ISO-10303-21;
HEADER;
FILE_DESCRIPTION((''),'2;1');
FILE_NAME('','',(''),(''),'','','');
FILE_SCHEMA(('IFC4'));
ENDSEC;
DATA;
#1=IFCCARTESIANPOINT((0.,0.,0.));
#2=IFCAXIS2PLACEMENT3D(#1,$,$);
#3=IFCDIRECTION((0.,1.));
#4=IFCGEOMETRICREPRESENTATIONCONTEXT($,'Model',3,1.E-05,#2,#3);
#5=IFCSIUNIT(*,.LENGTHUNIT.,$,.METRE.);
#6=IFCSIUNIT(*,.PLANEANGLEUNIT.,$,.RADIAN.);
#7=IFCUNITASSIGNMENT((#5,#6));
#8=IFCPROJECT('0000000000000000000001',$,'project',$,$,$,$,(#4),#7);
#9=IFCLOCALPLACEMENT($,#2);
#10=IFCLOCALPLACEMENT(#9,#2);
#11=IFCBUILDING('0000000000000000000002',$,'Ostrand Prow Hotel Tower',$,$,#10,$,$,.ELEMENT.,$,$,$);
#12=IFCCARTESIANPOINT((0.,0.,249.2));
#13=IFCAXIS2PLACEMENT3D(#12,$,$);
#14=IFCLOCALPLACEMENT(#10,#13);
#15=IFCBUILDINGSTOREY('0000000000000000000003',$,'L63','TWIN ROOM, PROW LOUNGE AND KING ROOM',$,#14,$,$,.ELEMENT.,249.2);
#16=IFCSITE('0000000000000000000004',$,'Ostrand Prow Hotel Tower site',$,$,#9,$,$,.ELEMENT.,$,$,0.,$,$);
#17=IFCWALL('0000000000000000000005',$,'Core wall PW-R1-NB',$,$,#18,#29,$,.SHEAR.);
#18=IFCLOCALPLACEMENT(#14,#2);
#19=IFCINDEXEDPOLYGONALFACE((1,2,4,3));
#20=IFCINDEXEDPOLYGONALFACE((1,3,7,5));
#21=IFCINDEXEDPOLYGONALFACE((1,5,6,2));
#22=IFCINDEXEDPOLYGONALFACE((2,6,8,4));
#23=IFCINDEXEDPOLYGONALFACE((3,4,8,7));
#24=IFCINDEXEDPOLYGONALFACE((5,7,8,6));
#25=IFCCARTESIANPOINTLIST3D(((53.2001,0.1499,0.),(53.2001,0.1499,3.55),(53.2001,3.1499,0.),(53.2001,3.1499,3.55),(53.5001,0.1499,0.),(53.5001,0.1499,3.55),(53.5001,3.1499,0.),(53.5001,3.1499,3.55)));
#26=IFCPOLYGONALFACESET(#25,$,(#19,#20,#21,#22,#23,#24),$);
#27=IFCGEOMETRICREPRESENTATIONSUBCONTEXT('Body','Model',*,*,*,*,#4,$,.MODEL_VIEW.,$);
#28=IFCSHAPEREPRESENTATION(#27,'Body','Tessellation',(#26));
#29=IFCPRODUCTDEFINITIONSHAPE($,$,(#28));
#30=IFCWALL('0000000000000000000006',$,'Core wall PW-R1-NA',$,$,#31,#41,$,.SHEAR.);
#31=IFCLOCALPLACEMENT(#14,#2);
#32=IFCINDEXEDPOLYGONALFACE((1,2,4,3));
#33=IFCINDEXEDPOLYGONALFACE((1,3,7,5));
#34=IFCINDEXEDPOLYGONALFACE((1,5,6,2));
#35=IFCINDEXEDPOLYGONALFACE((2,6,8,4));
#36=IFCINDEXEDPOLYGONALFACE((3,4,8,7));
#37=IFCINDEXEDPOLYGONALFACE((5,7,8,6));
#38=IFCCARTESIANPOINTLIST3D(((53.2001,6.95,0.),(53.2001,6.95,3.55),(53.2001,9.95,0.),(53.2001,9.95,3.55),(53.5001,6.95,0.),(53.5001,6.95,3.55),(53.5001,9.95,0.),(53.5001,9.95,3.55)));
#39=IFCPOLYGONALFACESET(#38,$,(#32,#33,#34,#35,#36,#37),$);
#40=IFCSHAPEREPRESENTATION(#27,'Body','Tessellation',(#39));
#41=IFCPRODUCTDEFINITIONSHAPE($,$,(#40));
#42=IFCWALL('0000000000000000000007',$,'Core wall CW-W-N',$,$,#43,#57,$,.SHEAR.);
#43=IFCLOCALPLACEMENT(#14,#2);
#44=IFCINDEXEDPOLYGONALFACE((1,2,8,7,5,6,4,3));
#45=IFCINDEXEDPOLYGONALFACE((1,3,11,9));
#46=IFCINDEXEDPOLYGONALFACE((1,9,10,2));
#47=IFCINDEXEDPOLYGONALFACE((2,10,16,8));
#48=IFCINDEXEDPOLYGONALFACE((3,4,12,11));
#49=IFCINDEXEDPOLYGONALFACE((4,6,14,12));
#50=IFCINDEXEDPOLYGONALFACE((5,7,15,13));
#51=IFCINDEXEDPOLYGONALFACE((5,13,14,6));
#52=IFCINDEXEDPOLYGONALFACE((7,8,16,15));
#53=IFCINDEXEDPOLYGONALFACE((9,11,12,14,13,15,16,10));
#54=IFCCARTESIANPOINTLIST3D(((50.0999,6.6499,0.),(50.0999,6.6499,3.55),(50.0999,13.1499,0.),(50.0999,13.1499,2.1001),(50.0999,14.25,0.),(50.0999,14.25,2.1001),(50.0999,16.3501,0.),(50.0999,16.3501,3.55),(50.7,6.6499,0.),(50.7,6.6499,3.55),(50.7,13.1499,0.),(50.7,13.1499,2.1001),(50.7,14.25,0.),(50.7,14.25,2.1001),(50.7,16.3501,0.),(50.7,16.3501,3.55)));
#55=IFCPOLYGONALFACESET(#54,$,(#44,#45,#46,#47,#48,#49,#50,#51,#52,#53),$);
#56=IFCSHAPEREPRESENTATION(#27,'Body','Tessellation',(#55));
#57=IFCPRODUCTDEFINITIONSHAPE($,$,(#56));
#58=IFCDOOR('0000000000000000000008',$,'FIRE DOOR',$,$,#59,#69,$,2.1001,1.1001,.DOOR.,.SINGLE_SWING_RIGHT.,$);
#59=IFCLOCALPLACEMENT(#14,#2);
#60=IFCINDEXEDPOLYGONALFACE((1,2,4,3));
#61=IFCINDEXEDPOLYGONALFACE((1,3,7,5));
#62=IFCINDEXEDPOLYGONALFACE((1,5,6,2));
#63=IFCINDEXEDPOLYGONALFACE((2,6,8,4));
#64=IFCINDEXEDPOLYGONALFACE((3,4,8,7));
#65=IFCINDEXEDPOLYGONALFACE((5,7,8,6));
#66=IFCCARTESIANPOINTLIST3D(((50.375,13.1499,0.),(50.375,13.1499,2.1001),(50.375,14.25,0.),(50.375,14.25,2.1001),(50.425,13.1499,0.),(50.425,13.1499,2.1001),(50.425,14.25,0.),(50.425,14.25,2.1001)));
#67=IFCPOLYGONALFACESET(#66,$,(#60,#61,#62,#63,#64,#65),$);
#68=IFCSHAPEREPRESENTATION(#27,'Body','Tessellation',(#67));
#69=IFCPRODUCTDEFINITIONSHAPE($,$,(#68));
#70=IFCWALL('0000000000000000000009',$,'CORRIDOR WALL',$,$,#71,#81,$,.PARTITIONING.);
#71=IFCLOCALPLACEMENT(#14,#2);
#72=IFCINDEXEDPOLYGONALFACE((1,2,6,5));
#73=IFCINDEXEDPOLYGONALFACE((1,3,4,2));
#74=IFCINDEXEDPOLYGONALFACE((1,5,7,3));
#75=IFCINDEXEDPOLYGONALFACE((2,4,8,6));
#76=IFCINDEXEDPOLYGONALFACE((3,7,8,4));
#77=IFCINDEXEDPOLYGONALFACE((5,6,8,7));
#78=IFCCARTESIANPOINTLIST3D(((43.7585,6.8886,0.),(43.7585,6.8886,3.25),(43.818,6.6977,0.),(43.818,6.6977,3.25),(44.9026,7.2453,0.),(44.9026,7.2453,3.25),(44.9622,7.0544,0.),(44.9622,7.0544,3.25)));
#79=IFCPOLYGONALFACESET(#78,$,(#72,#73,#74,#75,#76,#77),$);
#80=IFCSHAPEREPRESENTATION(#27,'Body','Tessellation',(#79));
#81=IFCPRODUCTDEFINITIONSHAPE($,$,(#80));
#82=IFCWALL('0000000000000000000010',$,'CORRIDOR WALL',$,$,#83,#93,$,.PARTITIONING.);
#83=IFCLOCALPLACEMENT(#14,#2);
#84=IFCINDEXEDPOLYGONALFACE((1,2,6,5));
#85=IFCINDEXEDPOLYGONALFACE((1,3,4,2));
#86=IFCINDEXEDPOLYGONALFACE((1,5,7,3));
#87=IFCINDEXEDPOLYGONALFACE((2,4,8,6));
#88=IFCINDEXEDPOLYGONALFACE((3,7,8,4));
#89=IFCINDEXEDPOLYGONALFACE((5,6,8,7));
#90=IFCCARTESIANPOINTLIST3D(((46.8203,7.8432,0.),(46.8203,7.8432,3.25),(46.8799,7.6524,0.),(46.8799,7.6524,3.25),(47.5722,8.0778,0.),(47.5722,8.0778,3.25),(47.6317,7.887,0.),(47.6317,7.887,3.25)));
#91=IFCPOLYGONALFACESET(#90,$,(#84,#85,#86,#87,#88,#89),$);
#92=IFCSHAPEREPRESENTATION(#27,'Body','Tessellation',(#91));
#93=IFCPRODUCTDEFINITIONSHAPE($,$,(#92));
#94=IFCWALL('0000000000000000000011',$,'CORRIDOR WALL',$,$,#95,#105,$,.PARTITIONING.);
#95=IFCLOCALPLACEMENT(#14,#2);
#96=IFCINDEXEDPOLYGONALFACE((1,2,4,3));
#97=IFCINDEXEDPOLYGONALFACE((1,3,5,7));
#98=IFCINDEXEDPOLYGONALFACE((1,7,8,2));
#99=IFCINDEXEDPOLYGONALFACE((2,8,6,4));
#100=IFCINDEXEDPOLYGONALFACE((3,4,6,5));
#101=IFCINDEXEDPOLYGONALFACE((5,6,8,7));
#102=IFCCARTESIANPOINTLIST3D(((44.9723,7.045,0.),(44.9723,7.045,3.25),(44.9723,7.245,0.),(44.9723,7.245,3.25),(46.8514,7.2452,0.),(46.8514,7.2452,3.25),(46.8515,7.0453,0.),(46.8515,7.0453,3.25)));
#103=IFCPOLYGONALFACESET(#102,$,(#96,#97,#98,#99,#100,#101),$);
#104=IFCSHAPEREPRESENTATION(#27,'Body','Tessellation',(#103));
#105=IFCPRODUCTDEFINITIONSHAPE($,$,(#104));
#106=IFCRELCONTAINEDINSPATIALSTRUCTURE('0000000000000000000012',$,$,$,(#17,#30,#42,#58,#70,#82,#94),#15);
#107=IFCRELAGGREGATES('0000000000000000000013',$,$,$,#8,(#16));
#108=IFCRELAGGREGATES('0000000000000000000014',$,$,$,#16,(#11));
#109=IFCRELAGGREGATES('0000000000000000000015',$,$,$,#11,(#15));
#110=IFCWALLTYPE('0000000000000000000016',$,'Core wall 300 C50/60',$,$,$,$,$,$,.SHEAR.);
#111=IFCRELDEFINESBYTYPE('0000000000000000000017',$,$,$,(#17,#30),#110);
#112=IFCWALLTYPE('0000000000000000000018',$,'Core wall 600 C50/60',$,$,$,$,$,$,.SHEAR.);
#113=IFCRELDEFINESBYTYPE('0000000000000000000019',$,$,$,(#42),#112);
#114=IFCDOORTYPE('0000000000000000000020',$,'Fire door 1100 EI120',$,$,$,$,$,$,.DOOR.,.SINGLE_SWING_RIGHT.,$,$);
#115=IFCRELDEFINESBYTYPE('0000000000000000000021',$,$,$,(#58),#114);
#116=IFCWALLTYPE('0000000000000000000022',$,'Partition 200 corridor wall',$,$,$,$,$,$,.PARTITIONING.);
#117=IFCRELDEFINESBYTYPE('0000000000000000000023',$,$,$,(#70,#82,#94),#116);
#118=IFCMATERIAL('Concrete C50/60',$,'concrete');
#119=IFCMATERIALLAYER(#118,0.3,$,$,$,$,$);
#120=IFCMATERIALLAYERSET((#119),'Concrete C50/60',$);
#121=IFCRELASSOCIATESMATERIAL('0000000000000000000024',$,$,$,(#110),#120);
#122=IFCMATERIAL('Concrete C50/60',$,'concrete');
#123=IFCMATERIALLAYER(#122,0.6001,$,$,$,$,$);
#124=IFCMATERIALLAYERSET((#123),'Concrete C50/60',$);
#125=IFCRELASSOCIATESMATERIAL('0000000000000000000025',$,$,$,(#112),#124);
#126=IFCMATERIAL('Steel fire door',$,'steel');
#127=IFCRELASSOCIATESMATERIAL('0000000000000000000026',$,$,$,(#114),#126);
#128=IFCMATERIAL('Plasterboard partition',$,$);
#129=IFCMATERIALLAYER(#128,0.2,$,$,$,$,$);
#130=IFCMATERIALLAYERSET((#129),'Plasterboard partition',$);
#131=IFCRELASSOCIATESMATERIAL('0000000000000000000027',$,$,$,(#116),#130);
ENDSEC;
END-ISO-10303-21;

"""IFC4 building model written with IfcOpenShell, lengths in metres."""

from ifc_helpers import new_model, si_unit, direction, frame, frame_2d, origin, place, context, subcontext, project, spatial, rectangle, extrude, material, layer, layer_set, type_object, element, fill, save


model = new_model("IFC4")

# Units and contexts
model_context = context("Model", 3, precision=1e-05, world=origin(), true_north=direction((0.0, 1.0)))
body_context = subcontext(model_context, "Body", "Model", "MODEL_VIEW")
ifc_project = project(units=[si_unit("LENGTHUNIT", "METRE"), si_unit("PLANEANGLEUNIT", "RADIAN")], contexts=[model_context])

# Site, building, storey
site_placement = place(None, origin())
site = spatial("IfcSite", under=ifc_project, at=site_placement, Name="Ostrand Prow Hotel Tower site", CompositionType="ELEMENT", RefElevation=0.0)
building_placement = place(site_placement, origin())
building = spatial("IfcBuilding", under=site, at=building_placement, Name="Ostrand Prow Hotel Tower", CompositionType="ELEMENT")
storey_placement = place(building_placement, frame((0.0, 0.0, 249.2)))
storey = spatial("IfcBuildingStorey", under=building, at=storey_placement, Name="L63", Description="TWIN ROOM, PROW LOUNGE AND KING ROOM", CompositionType="ELEMENT", Elevation=249.2)

# Shared definitions
ifc_material_1 = material(Name="Concrete C50/60", Category="concrete")
ifc_layer_1 = layer(ifc_material_1, 0.3)
ifc_layer_set_1 = layer_set([ifc_layer_1], Name="Concrete C50/60")
wall_type_1 = type_object("IfcWallType", Name="Core wall 300 C50/60", PredefinedType="SHEAR", material=ifc_layer_set_1)

# Walls
for number, where, z_axis, x_axis, name in (
    (1, (53.3501, 0.1499, 0.0), (0.0, 0.0, 1.0), (0.0, 1.0, 0.0), "Core wall PW-R1-NB"),
    (2, (53.3501, 6.95, 0.0), (0.0, 0.0, 1.0), (0.0, 1.0, 0.0), "Core wall PW-R1-NA"),
):
    element("IfcWall", number, at=place(storey_placement, frame(where, z_axis=z_axis, x_axis=x_axis)), inside=storey, type_object=wall_type_1, Name=name, PredefinedType="SHEAR", context=body_context, shape_type="SweptSolid", body=[
        extrude(rectangle(XDim=3.0, YDim=0.3, at=frame_2d((1.5, 0.0))), origin(), (0.0, 0.0, 1.0), 3.55),
    ])

# Wall, opening, door
ifc_material_2 = material(Name="Concrete C50/60", Category="concrete")
ifc_layer_2 = layer(ifc_material_2, 0.6001)
ifc_layer_set_2 = layer_set([ifc_layer_2], Name="Concrete C50/60")
wall_type_2 = type_object("IfcWallType", Name="Core wall 600 C50/60", PredefinedType="SHEAR", material=ifc_layer_set_2)
wall_1_placement = place(storey_placement, frame((50.3999, 6.6499, 0.0), z_axis=(0.0, 0.0, 1.0), x_axis=(0.0, 1.0, 0.0)))
wall_1 = element("IfcWall", 3, at=wall_1_placement, inside=storey, type_object=wall_type_2, Name="Core wall CW-W-N", PredefinedType="SHEAR", context=body_context, shape_type="SweptSolid", body=[
    extrude(rectangle(XDim=9.7002, YDim=0.6001, at=frame_2d((4.8501, 0.0))), origin(), (0.0, 0.0, 1.0), 3.55),
])
opening_1_placement = place(wall_1_placement, frame((6.5, 0.0, 0.0)))
opening_1 = element("IfcOpeningElement", 4, at=opening_1_placement, cuts=wall_1, PredefinedType="OPENING", context=body_context, shape_type="SweptSolid", body=[
    extrude(rectangle(XDim=1.1001, YDim=2.1001, at=frame_2d((0.55, 1.05))), frame((0.0, 0.3101, 0.0), z_axis=(0.0, -1.0, 0.0), x_axis=(1.0, 0.0, 0.0)), (0.0, 0.0, 1.0), 0.6201),
])
ifc_material_3 = material(Name="Steel fire door", Category="steel")
door_type_1 = type_object("IfcDoorType", Name="Fire door 1100 EI120", OperationType="SINGLE_SWING_RIGHT", PredefinedType="DOOR", material=ifc_material_3)
door_1_placement = place(opening_1_placement, origin())
door_1 = element("IfcDoor", 5, at=door_1_placement, inside=storey, type_object=door_type_1, Name="FIRE DOOR", OperationType="SINGLE_SWING_RIGHT", OverallHeight=2.1001, OverallWidth=1.1001, PredefinedType="DOOR", context=body_context, shape_type="SweptSolid", body=[
    extrude(rectangle(XDim=1.1001, YDim=2.1001, at=frame_2d((0.55, 1.05))), frame((0.0, 0.0249, 0.0), z_axis=(0.0, -1.0, 0.0), x_axis=(1.0, 0.0, 0.0)), (0.0, 0.0, 1.0), 0.05),
])
fill(opening_1, door_1)

# Walls
ifc_material_4 = material(Name="Plasterboard partition")
ifc_layer_3 = layer(ifc_material_4, 0.2)
ifc_layer_set_3 = layer_set([ifc_layer_3], Name="Plasterboard partition")
wall_type_3 = type_object("IfcWallType", Name="Partition 200 corridor wall", PredefinedType="PARTITIONING", material=ifc_layer_set_3)
wall_2_placement = place(storey_placement, frame((43.7883, 6.7932, 0.0), z_axis=(0.0, 0.0, 1.0), x_axis=(0.954694, 0.297591, 0.0)))
element("IfcWall", 6, at=wall_2_placement, inside=storey, type_object=wall_type_3, Name="CORRIDOR WALL", PredefinedType="PARTITIONING", context=body_context, shape_type="SweptSolid", body=[
    extrude(rectangle(XDim=1.1985, YDim=0.2, at=frame_2d((0.5991, 0.0))), origin(), (0.0, 0.0, 1.0), 3.25),
])
wall_3_placement = place(storey_placement, frame((46.8501, 7.7478, 0.0), z_axis=(0.0, 0.0, 1.0), x_axis=(0.954612, 0.297851, 0.0)))
element("IfcWall", 7, at=wall_3_placement, inside=storey, type_object=wall_type_3, Name="CORRIDOR WALL", PredefinedType="PARTITIONING", context=body_context, shape_type="SweptSolid", body=[
    extrude(rectangle(XDim=0.7876, YDim=0.2, at=frame_2d((0.3938, 0.0))), origin(), (0.0, 0.0, 1.0), 3.25),
])
wall_4_placement = place(storey_placement, frame((44.9724, 7.145, 0.0), z_axis=(0.0, 0.0, 1.0), x_axis=(1.0, 0.00013, 0.0)))
element("IfcWall", 8, at=wall_4_placement, inside=storey, type_object=wall_type_3, Name="CORRIDOR WALL", PredefinedType="PARTITIONING", context=body_context, shape_type="SweptSolid", body=[
    extrude(rectangle(XDim=1.8792, YDim=0.2, at=frame_2d((0.9395, 0.0))), origin(), (0.0, 0.0, 1.0), 3.25),
])

save(model, "model.ifc")
